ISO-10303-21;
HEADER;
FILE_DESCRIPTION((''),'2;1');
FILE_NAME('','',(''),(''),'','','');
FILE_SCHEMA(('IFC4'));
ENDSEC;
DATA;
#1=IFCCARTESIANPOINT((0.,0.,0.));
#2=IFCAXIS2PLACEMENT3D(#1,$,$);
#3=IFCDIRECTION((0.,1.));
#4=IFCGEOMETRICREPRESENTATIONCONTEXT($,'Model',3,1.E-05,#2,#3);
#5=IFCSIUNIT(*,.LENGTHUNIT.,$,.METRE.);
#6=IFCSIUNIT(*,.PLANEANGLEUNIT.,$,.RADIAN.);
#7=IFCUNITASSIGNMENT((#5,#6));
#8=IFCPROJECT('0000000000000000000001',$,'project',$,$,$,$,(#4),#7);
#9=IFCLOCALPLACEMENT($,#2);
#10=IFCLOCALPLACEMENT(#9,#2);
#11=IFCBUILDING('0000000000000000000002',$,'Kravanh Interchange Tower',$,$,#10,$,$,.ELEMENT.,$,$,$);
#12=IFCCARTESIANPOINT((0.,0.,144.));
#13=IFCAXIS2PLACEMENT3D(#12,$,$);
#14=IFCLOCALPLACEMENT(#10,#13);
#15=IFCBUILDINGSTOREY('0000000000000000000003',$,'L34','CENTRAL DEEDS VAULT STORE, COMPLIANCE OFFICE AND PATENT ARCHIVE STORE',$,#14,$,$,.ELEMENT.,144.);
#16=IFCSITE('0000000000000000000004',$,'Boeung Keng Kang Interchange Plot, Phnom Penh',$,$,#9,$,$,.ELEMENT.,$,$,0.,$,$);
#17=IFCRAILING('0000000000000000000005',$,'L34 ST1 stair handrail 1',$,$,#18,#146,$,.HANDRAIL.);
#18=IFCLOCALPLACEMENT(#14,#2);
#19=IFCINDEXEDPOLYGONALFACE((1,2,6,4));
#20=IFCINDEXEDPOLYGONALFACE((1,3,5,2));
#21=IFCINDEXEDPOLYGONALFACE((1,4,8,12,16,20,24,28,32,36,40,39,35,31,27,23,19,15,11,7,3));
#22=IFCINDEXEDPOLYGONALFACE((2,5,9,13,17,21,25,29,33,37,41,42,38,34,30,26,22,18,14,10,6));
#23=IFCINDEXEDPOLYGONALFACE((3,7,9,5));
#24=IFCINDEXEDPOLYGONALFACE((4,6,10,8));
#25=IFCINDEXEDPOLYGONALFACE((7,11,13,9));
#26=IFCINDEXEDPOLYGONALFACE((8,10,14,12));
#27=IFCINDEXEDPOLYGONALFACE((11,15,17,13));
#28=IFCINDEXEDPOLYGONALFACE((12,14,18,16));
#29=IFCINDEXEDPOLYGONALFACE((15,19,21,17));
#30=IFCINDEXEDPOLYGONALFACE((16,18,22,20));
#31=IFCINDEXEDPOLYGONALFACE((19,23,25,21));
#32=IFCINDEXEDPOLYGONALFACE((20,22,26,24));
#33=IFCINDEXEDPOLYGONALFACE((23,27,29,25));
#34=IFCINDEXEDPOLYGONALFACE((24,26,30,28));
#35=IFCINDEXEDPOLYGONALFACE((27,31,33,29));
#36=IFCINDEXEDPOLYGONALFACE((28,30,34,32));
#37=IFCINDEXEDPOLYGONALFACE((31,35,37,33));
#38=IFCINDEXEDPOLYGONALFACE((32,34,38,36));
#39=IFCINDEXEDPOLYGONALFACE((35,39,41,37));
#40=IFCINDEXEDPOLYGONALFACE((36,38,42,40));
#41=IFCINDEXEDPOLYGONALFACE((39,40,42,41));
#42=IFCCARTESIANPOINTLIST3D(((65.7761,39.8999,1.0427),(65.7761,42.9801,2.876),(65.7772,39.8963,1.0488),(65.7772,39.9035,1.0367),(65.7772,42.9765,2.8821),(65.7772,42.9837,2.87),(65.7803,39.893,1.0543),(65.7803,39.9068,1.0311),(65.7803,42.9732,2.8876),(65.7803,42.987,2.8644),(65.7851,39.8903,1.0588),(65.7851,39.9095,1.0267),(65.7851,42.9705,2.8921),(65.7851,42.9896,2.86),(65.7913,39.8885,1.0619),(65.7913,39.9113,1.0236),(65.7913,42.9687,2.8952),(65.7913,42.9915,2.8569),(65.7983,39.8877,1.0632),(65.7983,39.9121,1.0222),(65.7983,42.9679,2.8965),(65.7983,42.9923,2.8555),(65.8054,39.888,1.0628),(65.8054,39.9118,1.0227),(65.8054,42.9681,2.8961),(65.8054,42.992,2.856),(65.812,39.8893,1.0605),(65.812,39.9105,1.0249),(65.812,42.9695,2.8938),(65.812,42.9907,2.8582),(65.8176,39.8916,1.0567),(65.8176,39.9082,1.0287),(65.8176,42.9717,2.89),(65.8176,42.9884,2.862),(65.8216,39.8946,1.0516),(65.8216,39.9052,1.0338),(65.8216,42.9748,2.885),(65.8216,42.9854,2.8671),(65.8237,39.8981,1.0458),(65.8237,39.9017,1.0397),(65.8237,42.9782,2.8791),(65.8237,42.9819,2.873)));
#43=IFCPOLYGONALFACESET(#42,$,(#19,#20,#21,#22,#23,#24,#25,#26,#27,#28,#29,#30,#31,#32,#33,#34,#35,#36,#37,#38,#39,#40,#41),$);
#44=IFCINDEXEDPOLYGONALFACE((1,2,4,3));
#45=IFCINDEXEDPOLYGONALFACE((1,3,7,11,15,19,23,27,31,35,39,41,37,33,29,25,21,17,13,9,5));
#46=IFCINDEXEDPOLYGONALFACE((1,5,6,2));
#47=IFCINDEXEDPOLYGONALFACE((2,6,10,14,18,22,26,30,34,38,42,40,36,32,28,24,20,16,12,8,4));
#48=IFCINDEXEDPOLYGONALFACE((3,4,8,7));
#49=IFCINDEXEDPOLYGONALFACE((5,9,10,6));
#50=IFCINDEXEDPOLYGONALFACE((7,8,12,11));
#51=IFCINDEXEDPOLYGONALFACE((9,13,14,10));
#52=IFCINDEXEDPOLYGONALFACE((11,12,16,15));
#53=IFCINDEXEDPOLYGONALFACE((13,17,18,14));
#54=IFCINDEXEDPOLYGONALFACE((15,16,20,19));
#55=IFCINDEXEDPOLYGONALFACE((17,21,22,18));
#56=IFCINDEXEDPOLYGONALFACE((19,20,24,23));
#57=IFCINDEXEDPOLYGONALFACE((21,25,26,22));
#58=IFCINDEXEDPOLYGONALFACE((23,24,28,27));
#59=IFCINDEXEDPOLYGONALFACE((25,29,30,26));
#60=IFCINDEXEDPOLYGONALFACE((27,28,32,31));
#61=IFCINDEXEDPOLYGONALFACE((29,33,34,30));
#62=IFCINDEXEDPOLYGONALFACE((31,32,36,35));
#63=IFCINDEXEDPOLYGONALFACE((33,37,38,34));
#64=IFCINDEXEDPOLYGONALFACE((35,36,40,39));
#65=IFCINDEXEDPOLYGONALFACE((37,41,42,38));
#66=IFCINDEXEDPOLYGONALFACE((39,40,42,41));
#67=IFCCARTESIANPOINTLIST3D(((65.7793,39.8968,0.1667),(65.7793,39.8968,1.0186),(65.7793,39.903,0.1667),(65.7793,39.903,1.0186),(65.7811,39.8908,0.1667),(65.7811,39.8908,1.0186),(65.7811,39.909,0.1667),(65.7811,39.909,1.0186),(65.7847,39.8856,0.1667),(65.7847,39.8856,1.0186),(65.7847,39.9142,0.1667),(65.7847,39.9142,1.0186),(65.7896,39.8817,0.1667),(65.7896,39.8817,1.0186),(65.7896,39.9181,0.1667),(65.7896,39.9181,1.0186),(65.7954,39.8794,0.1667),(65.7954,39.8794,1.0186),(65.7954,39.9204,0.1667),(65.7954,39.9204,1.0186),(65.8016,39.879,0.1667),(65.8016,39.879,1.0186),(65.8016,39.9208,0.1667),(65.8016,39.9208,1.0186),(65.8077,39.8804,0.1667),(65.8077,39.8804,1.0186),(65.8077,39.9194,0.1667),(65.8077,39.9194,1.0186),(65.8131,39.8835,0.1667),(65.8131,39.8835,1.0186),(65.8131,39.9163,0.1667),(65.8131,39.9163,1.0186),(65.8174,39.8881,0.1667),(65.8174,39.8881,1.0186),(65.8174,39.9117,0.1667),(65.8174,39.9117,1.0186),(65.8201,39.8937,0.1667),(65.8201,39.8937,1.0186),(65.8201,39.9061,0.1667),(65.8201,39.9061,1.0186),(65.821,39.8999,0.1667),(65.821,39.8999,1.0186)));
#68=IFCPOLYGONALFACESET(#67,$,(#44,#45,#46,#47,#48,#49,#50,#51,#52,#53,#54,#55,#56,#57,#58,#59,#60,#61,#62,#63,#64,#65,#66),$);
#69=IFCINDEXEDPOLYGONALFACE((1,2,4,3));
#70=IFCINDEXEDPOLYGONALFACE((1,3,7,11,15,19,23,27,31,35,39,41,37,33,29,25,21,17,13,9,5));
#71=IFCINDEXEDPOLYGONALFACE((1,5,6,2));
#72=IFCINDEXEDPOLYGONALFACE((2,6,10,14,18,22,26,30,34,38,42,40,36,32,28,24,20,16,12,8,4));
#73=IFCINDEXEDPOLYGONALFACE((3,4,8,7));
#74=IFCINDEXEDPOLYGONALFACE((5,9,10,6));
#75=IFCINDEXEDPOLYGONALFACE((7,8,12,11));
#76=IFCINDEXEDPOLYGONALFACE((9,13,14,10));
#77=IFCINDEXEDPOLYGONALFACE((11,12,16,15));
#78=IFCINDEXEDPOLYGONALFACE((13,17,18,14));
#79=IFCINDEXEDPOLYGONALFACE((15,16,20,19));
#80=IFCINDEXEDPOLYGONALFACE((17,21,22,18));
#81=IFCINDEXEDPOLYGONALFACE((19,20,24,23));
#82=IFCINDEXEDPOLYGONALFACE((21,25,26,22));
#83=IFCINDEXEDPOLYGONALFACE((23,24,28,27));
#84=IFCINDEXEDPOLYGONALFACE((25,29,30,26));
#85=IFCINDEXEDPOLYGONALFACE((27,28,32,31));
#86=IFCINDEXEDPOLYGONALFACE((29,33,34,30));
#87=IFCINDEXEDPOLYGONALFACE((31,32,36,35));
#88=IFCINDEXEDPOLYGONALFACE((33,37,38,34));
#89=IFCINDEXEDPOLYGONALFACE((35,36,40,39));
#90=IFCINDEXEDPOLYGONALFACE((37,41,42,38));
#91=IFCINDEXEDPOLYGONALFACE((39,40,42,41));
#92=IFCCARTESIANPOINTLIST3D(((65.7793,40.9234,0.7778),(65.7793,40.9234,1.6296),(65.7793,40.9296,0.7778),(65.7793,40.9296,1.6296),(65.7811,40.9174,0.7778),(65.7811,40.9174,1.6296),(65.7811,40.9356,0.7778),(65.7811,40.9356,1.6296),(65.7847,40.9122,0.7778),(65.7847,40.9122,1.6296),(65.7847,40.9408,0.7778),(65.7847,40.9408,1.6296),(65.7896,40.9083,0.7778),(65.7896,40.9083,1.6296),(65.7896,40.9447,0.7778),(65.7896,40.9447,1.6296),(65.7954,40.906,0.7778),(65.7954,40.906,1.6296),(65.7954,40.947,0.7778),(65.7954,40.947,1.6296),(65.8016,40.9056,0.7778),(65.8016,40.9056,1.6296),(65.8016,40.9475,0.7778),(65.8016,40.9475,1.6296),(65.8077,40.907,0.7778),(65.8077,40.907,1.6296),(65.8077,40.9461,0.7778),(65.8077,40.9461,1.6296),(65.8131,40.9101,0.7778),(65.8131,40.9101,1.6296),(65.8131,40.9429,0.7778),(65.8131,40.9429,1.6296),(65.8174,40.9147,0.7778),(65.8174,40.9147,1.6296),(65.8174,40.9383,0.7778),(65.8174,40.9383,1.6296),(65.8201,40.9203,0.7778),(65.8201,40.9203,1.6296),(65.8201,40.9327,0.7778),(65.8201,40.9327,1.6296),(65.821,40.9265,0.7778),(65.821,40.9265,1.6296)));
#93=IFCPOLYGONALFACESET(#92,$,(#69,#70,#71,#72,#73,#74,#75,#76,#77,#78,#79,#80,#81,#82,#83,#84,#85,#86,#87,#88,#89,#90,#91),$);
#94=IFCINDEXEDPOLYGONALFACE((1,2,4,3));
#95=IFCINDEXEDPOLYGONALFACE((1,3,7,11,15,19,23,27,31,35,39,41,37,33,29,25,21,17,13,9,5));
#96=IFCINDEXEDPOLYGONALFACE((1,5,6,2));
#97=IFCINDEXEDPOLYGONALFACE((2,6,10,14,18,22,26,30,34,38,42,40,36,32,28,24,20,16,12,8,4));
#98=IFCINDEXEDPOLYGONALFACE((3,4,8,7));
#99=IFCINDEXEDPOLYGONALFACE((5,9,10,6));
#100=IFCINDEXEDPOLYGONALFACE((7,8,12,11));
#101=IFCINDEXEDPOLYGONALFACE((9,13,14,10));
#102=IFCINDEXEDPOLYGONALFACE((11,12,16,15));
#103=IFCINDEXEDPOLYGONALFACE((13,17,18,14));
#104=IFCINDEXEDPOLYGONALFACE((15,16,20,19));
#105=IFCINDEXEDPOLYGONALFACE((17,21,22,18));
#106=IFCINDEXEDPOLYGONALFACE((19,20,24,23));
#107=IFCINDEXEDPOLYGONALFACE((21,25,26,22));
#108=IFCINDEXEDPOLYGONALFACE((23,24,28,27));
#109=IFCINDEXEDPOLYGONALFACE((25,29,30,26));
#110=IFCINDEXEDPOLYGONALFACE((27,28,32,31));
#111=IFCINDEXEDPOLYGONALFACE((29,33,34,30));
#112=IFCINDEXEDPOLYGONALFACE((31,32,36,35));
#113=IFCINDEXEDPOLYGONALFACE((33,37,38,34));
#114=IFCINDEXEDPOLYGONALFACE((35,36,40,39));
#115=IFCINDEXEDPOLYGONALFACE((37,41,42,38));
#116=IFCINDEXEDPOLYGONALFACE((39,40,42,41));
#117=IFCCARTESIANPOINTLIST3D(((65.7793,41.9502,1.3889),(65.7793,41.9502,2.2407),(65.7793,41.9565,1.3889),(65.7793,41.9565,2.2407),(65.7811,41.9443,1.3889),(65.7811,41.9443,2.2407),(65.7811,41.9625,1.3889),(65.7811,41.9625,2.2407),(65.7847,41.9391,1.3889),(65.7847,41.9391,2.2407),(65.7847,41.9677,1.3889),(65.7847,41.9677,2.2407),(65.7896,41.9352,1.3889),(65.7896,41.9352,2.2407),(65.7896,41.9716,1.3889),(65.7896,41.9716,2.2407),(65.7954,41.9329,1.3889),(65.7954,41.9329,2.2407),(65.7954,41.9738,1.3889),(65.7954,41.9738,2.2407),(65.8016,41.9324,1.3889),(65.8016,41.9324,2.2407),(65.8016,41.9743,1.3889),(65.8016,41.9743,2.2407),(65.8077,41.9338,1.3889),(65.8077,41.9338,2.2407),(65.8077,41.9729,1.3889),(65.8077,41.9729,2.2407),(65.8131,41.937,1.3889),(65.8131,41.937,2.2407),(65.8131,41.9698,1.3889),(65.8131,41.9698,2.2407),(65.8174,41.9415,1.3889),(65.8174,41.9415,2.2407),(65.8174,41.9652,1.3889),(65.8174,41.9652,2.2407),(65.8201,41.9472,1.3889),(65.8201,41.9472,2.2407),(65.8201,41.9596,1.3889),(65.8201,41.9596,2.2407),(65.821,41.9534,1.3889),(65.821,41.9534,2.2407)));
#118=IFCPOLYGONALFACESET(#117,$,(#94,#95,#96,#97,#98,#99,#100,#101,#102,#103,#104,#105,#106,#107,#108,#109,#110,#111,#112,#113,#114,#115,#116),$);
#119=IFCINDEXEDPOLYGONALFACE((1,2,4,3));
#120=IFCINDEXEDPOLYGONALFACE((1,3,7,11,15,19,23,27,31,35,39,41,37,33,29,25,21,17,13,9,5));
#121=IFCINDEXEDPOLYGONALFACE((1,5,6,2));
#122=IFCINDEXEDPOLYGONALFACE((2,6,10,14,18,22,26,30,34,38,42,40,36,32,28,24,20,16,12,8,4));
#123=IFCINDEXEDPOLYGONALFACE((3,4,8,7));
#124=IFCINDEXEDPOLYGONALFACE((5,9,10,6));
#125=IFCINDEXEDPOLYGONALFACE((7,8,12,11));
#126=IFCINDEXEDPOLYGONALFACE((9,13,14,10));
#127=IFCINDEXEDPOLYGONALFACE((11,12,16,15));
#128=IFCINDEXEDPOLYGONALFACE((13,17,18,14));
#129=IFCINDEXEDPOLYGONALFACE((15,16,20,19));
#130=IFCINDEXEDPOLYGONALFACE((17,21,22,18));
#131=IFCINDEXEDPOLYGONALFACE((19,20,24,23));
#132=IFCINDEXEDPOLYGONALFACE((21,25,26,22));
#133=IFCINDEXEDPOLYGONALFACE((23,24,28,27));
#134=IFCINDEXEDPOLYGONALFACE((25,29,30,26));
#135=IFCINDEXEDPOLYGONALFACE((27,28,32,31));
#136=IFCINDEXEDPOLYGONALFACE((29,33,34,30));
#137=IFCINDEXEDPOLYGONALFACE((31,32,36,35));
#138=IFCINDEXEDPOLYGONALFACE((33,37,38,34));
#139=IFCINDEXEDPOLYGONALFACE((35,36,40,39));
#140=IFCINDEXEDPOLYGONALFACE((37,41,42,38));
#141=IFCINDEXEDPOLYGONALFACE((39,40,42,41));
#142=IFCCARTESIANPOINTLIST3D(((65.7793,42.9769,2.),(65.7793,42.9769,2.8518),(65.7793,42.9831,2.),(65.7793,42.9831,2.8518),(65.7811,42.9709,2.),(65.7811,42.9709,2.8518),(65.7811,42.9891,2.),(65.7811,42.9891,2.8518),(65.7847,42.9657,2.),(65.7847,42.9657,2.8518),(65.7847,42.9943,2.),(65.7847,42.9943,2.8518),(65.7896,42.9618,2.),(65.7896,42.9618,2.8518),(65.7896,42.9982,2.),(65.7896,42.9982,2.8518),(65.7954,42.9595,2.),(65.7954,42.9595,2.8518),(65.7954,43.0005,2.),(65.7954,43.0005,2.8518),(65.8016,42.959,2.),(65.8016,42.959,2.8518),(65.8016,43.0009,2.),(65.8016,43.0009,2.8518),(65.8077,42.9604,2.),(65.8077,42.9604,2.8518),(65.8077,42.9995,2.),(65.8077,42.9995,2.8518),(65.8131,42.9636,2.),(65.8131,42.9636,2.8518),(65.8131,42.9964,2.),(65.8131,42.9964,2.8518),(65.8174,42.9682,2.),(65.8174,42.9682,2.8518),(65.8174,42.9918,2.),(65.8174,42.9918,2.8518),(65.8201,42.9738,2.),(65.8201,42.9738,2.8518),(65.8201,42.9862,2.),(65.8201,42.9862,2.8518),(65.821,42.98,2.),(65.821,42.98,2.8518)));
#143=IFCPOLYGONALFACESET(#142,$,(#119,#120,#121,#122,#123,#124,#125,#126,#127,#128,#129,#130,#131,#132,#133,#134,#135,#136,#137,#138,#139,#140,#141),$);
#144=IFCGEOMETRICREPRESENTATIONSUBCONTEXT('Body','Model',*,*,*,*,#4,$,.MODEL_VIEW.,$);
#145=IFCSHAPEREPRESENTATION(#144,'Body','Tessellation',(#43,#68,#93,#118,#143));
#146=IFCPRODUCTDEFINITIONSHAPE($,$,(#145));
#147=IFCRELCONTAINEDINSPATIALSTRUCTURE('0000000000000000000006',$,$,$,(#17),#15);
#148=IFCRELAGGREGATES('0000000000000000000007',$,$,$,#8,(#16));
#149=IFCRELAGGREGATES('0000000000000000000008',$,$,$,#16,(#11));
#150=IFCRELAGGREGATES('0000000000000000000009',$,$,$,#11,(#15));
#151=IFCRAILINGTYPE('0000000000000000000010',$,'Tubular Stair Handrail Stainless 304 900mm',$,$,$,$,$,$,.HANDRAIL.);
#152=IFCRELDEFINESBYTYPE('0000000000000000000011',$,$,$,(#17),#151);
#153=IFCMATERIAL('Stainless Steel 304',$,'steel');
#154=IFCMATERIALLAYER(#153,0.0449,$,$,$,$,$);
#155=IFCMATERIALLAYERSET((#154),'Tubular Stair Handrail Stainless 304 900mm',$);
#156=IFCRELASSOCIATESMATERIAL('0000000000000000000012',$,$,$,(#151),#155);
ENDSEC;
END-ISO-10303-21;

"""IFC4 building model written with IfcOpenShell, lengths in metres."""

from ifc_helpers import new_model, si_unit, direction, frame, origin, origin_2d, place, context, subcontext, project, spatial, circle, extrude, material, layer, layer_set, type_object, element, save


model = new_model("IFC4")

# Units and contexts
model_context = context("Model", 3, precision=1e-05, world=origin(), true_north=direction((0.0, 1.0)))
body_context = subcontext(model_context, "Body", "Model", "MODEL_VIEW")
ifc_project = project(units=[si_unit("LENGTHUNIT", "METRE"), si_unit("PLANEANGLEUNIT", "RADIAN")], contexts=[model_context])

# Site, building, storey
site_placement = place(None, origin())
site = spatial("IfcSite", under=ifc_project, at=site_placement, Name="Boeung Keng Kang Interchange Plot, Phnom Penh", CompositionType="ELEMENT", RefElevation=0.0)
building_placement = place(site_placement, origin())
building = spatial("IfcBuilding", under=site, at=building_placement, Name="Kravanh Interchange Tower", CompositionType="ELEMENT")
storey_placement = place(building_placement, frame((0.0, 0.0, 144.0)))
storey = spatial("IfcBuildingStorey", under=building, at=storey_placement, Name="L34", Description="CENTRAL DEEDS VAULT STORE, COMPLIANCE OFFICE AND PATENT ARCHIVE STORE", CompositionType="ELEMENT", Elevation=144.0)

# Railing
ifc_material_1 = material(Name="Stainless Steel 304", Category="steel")
ifc_layer_1 = layer(ifc_material_1, 0.0449)
ifc_layer_set_1 = layer_set([ifc_layer_1], Name="Tubular Stair Handrail Stainless 304 900mm")
railing_type_1 = type_object("IfcRailingType", Name="Tubular Stair Handrail Stainless 304 900mm", PredefinedType="HANDRAIL", material=ifc_layer_set_1)
railing_1_placement = place(storey_placement, frame((65.8, 39.8999, 0.1667)))
element("IfcRailing", 1, at=railing_1_placement, inside=storey, type_object=railing_type_1, Name="L34 ST1 stair handrail 1", PredefinedType="HANDRAIL", context=body_context, shape_type="SweptSolid", body=[
    extrude(circle(Radius=0.0239, at=origin_2d()), frame((0.0, 0.0, 0.876), z_axis=(0.0, 0.859309, 0.511458), x_axis=(-1.0, 0.0, 0.0)), (0.0, 0.0, 1.0), 3.5845),
    extrude(circle(Radius=0.021, at=origin_2d()), origin(), (0.0, 0.0, 1.0), 0.8518),
    extrude(circle(Radius=0.021, at=origin_2d()), frame((0.0, 1.0266, 0.6111)), (0.0, 0.0, 1.0), 0.8518),
    extrude(circle(Radius=0.021, at=origin_2d()), frame((0.0, 2.0535, 1.2222)), (0.0, 0.0, 1.0), 0.8518),
    extrude(circle(Radius=0.021, at=origin_2d()), frame((0.0, 3.0801, 1.8333)), (0.0, 0.0, 1.0), 0.8518),
])

save(model, "model.ifc")
